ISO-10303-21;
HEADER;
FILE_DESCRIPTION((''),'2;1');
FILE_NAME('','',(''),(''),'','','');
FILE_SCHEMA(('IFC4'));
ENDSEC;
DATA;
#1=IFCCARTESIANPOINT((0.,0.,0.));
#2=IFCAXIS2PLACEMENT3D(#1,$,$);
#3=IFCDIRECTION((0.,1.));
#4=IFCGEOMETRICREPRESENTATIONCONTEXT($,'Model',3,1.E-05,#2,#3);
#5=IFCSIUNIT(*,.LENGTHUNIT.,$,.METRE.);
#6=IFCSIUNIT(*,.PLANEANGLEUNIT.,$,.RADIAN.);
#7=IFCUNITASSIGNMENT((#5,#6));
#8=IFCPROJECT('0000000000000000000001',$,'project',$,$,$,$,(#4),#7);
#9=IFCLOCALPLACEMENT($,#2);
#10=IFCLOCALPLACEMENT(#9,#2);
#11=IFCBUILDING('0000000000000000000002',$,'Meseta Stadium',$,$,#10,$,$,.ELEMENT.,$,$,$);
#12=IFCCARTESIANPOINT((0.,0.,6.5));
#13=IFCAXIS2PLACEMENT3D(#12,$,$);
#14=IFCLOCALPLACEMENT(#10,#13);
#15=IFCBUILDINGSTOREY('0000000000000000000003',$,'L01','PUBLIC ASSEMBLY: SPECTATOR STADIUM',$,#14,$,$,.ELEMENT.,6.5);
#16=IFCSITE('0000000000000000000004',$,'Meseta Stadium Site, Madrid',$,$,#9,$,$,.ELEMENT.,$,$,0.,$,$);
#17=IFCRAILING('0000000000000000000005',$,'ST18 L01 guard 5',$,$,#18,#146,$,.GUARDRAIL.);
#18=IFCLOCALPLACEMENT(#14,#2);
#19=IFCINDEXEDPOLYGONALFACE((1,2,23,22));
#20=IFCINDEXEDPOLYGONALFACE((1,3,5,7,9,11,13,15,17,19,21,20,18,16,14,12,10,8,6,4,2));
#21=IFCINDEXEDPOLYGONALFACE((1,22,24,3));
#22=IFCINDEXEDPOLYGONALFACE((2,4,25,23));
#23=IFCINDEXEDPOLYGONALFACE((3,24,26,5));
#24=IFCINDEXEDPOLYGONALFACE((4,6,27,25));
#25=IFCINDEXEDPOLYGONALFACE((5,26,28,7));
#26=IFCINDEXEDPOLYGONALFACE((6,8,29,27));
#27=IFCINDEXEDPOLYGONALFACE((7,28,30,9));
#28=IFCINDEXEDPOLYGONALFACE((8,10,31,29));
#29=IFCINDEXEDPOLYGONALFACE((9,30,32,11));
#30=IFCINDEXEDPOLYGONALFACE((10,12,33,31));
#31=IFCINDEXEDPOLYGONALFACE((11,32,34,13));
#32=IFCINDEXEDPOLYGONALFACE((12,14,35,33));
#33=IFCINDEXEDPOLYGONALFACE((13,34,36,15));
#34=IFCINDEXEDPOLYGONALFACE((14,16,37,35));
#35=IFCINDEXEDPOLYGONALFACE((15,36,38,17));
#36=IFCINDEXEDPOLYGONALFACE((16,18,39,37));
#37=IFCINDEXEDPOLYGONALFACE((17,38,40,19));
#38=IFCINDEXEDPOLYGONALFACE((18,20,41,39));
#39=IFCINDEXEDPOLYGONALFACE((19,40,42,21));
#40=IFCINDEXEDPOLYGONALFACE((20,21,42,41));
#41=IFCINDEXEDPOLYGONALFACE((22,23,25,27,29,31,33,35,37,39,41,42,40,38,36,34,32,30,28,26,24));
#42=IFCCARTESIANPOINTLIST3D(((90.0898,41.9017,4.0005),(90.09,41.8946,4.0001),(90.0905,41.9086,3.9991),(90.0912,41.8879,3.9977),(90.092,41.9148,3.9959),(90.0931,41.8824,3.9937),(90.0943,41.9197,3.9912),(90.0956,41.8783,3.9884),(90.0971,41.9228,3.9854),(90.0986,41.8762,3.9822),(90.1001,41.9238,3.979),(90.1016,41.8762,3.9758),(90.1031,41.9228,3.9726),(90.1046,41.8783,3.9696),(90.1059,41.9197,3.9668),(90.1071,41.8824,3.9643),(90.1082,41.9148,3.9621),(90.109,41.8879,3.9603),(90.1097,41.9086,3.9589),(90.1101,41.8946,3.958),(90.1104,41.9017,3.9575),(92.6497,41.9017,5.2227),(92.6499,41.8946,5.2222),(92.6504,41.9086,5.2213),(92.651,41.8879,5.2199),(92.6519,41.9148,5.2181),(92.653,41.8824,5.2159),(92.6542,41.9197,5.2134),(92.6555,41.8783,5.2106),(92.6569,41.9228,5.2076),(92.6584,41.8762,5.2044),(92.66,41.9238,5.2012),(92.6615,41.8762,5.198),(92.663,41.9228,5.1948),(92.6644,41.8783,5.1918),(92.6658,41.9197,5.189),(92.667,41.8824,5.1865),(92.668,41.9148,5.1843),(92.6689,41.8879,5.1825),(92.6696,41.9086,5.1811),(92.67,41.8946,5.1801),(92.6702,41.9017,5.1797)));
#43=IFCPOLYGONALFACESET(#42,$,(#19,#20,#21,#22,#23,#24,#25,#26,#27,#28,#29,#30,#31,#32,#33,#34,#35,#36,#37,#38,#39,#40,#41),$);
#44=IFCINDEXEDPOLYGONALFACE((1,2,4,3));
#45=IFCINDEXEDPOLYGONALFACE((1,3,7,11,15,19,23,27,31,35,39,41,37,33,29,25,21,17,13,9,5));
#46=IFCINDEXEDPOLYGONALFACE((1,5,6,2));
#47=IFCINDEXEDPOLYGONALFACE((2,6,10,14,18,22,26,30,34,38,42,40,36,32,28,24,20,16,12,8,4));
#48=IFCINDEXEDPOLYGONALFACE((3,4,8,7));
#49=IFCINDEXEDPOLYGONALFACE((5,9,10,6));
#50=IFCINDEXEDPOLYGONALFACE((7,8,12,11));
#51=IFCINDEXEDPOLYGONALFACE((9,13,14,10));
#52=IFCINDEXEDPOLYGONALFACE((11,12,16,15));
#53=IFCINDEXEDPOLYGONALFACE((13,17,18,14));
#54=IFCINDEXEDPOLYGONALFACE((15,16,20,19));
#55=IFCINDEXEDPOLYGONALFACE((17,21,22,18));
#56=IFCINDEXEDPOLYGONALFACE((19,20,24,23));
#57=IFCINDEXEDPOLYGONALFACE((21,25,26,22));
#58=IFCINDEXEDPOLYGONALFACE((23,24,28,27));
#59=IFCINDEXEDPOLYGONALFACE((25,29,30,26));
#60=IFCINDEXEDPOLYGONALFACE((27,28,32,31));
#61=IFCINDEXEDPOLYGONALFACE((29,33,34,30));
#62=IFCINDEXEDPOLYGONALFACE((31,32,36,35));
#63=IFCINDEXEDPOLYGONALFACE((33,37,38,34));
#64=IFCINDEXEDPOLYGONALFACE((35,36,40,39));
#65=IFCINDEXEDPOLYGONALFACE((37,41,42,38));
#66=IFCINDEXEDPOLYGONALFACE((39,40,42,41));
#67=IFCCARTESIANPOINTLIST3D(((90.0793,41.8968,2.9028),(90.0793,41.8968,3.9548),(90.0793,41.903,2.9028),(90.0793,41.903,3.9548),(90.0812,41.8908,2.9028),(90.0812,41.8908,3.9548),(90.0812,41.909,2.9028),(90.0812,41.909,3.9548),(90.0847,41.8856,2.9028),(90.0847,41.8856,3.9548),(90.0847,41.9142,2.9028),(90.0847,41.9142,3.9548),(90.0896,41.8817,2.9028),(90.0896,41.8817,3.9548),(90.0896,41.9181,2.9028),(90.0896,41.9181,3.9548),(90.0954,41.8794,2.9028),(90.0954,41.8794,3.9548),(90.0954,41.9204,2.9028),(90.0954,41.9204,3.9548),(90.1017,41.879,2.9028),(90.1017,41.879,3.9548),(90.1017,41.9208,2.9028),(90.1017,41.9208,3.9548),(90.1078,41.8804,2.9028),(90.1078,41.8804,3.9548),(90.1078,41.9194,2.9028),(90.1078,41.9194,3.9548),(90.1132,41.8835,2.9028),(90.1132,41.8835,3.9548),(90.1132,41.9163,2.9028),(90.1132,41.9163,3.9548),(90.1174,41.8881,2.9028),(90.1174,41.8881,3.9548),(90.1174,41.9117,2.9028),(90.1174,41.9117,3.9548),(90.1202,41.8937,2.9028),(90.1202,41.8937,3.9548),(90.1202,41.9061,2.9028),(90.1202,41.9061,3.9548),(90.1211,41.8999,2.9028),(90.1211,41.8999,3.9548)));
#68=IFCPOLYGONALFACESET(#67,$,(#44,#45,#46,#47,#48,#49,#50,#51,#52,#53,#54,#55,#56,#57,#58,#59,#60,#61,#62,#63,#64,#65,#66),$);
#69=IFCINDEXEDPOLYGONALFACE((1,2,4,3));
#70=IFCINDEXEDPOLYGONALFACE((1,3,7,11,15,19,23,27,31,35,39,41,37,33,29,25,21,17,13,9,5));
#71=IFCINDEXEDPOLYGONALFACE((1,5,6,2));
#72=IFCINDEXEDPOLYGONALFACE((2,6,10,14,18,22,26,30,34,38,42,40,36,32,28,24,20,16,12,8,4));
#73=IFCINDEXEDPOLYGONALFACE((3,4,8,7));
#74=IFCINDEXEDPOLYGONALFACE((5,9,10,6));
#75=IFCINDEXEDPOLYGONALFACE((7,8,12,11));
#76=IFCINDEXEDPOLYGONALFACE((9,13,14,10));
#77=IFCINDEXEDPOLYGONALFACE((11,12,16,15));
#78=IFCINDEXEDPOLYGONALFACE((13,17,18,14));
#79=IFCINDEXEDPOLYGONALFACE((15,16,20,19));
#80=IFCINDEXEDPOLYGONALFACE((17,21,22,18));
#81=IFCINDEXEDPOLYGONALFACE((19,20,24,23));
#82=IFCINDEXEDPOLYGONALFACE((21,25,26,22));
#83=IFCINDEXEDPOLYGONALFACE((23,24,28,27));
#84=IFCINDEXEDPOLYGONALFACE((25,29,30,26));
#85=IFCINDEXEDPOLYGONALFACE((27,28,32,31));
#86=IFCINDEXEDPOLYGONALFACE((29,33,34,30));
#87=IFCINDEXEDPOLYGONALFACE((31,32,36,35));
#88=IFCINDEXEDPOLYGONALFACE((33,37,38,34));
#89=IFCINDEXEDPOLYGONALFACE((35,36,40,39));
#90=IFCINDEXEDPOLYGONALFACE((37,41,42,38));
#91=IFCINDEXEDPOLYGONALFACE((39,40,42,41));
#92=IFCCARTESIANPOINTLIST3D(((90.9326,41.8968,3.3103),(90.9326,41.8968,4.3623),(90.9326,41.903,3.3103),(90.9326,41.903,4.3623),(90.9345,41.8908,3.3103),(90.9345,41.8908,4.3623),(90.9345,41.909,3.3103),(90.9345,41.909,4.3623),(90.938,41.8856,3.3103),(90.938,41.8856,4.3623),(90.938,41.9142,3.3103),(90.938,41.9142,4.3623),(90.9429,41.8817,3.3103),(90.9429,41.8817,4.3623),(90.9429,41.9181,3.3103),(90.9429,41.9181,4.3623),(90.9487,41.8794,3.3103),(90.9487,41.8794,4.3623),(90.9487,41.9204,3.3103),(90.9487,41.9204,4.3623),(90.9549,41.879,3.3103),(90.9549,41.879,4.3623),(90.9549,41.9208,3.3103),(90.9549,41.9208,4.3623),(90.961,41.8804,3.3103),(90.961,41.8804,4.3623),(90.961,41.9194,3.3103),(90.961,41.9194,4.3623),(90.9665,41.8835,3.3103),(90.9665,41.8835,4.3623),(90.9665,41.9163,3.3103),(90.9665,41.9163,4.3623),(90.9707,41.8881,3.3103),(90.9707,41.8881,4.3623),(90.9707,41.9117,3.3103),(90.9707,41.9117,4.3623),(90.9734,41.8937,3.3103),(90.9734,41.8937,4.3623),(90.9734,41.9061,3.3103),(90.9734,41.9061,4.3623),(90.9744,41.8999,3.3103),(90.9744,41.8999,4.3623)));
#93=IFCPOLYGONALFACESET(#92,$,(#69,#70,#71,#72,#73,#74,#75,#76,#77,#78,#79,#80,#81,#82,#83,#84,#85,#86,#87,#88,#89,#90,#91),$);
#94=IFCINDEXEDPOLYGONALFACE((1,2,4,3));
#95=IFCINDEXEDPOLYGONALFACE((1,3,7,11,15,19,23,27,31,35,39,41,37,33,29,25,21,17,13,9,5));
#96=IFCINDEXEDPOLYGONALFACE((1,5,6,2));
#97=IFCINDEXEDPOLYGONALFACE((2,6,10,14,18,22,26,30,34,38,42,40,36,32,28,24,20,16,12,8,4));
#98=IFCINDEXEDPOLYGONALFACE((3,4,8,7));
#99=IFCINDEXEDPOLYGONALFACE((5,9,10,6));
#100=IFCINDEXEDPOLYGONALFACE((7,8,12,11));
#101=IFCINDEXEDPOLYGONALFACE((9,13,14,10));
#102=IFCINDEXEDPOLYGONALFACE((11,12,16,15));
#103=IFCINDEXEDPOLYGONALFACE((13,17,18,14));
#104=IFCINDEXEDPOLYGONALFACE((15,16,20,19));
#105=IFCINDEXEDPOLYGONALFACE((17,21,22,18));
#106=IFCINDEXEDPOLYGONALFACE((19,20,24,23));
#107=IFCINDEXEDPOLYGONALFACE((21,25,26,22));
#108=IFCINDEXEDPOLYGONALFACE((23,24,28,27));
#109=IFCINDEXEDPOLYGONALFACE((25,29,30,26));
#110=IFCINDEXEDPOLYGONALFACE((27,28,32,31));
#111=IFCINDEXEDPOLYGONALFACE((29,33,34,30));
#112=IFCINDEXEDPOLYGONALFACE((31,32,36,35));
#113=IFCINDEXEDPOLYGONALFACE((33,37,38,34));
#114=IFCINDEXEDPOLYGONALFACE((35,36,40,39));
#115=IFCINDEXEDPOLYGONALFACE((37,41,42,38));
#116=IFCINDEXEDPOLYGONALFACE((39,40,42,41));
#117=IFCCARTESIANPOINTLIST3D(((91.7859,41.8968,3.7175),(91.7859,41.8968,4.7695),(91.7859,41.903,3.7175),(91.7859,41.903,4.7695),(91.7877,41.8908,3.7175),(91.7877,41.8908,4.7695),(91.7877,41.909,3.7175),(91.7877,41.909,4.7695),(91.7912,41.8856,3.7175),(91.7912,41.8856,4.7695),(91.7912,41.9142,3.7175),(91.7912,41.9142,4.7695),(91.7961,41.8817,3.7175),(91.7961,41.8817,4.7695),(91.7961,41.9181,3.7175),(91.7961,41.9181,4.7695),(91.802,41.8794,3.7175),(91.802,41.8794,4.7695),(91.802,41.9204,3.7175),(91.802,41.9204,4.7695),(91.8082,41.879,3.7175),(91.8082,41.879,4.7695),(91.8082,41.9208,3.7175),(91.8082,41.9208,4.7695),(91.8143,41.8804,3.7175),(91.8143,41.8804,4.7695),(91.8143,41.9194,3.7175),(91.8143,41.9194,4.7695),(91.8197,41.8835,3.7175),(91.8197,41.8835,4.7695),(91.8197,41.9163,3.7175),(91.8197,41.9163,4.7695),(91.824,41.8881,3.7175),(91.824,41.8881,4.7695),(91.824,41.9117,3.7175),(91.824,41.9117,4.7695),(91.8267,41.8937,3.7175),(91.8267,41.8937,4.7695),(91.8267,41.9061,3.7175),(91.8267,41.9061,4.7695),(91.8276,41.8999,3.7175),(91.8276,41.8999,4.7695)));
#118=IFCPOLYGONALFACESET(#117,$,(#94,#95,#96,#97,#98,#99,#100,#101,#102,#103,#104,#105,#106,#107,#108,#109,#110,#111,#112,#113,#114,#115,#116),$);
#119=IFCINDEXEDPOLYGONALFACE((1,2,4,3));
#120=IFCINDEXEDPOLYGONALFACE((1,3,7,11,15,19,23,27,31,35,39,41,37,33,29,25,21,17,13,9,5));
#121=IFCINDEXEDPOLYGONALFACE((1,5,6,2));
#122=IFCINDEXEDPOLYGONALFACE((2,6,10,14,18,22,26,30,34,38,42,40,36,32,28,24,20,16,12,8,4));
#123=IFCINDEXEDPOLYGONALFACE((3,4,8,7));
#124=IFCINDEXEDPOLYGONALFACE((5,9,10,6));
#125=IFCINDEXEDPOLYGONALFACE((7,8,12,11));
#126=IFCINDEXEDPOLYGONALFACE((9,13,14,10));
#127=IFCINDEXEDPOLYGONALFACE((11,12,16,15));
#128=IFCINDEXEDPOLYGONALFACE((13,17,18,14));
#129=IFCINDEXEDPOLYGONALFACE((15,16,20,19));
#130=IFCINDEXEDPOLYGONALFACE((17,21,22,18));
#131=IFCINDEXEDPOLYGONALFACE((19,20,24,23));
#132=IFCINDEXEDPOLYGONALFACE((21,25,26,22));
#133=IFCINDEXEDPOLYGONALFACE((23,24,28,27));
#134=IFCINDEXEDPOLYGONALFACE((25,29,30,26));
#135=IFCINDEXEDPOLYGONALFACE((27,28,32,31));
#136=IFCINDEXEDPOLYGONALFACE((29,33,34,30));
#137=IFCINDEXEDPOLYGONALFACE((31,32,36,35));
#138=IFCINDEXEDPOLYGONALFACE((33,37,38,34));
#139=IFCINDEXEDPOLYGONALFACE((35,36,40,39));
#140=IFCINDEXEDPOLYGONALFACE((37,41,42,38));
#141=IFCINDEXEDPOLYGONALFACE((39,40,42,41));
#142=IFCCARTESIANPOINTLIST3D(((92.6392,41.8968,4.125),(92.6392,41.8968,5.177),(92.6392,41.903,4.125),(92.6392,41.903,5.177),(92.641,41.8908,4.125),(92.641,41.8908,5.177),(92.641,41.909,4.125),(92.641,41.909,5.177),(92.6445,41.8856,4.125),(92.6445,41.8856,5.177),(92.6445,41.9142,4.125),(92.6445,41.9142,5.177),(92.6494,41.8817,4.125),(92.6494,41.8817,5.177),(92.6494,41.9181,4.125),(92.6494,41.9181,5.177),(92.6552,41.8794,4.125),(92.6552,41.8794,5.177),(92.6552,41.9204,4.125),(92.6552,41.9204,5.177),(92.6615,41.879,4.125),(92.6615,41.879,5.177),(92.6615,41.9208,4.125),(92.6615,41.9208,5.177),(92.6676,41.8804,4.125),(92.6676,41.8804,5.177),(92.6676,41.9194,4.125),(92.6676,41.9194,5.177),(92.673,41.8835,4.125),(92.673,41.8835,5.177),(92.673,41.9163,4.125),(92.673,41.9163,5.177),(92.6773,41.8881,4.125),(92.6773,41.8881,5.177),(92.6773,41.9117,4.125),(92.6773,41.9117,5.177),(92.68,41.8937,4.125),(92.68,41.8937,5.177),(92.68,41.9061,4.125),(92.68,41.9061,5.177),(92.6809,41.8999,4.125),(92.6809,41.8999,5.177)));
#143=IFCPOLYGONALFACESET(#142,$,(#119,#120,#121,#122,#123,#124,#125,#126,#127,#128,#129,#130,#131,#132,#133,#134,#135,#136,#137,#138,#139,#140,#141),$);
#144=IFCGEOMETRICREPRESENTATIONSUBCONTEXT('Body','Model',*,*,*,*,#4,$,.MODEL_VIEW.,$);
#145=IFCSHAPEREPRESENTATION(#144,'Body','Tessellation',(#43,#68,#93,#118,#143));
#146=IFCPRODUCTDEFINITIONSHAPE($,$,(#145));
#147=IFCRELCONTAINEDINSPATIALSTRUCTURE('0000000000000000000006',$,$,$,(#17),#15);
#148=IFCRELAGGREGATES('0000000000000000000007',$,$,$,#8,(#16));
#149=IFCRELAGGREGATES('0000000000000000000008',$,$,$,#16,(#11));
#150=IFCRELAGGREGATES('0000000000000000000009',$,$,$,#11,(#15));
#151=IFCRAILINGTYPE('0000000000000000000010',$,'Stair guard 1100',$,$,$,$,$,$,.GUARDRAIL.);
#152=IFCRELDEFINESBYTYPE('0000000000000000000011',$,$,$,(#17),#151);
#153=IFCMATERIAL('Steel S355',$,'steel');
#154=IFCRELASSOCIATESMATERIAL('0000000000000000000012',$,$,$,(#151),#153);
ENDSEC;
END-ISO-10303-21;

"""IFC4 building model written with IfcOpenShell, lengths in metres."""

from ifc_helpers import new_model, si_unit, direction, frame, origin, origin_2d, place, context, subcontext, project, spatial, circle, extrude, material, type_object, element, save


model = new_model("IFC4")

# Units and contexts
model_context = context("Model", 3, precision=1e-05, world=origin(), true_north=direction((0.0, 1.0)))
body_context = subcontext(model_context, "Body", "Model", "MODEL_VIEW")
ifc_project = project(units=[si_unit("LENGTHUNIT", "METRE"), si_unit("PLANEANGLEUNIT", "RADIAN")], contexts=[model_context])

# Site, building, storey
site_placement = place(None, origin())
site = spatial("IfcSite", under=ifc_project, at=site_placement, Name="Meseta Stadium Site, Madrid", CompositionType="ELEMENT", RefElevation=0.0)
building_placement = place(site_placement, origin())
building = spatial("IfcBuilding", under=site, at=building_placement, Name="Meseta Stadium", CompositionType="ELEMENT")
storey_placement = place(building_placement, frame((0.0, 0.0, 6.5)))
storey = spatial("IfcBuildingStorey", under=building, at=storey_placement, Name="L01", Description="PUBLIC ASSEMBLY: SPECTATOR STADIUM", CompositionType="ELEMENT", Elevation=6.5)

# Railing
ifc_material_1 = material(Name="Steel S355", Category="steel")
railing_type_1 = type_object("IfcRailingType", Name="Stair guard 1100", PredefinedType="GUARDRAIL", material=ifc_material_1)
railing_1_placement = place(storey_placement, frame((90.1001, 41.8999, 2.9028)))
element("IfcRailing", 1, at=railing_1_placement, inside=storey, type_object=railing_type_1, Name="ST18 L01 guard 5", PredefinedType="GUARDRAIL", context=body_context, shape_type="SweptSolid", body=[
    extrude(circle(Radius=0.0239, at=origin_2d()), frame((0.0, 0.0, 1.0762), z_axis=(0.902421, 0.0, 0.430855), x_axis=(0.0, 1.0, 0.0)), (0.0, 0.0, 1.0), 2.8367),
    extrude(circle(Radius=0.021, at=origin_2d()), origin(), (0.0, 0.0, 1.0), 1.052),
    extrude(circle(Radius=0.021, at=origin_2d()), frame((0.8533, 0.0, 0.4075)), (0.0, 0.0, 1.0), 1.052),
    extrude(circle(Radius=0.021, at=origin_2d()), frame((1.7065, 0.0, 0.8147)), (0.0, 0.0, 1.0), 1.052),
    extrude(circle(Radius=0.021, at=origin_2d()), frame((2.5598, 0.0, 1.2222)), (0.0, 0.0, 1.0), 1.052),
])

save(model, "model.ifc")
